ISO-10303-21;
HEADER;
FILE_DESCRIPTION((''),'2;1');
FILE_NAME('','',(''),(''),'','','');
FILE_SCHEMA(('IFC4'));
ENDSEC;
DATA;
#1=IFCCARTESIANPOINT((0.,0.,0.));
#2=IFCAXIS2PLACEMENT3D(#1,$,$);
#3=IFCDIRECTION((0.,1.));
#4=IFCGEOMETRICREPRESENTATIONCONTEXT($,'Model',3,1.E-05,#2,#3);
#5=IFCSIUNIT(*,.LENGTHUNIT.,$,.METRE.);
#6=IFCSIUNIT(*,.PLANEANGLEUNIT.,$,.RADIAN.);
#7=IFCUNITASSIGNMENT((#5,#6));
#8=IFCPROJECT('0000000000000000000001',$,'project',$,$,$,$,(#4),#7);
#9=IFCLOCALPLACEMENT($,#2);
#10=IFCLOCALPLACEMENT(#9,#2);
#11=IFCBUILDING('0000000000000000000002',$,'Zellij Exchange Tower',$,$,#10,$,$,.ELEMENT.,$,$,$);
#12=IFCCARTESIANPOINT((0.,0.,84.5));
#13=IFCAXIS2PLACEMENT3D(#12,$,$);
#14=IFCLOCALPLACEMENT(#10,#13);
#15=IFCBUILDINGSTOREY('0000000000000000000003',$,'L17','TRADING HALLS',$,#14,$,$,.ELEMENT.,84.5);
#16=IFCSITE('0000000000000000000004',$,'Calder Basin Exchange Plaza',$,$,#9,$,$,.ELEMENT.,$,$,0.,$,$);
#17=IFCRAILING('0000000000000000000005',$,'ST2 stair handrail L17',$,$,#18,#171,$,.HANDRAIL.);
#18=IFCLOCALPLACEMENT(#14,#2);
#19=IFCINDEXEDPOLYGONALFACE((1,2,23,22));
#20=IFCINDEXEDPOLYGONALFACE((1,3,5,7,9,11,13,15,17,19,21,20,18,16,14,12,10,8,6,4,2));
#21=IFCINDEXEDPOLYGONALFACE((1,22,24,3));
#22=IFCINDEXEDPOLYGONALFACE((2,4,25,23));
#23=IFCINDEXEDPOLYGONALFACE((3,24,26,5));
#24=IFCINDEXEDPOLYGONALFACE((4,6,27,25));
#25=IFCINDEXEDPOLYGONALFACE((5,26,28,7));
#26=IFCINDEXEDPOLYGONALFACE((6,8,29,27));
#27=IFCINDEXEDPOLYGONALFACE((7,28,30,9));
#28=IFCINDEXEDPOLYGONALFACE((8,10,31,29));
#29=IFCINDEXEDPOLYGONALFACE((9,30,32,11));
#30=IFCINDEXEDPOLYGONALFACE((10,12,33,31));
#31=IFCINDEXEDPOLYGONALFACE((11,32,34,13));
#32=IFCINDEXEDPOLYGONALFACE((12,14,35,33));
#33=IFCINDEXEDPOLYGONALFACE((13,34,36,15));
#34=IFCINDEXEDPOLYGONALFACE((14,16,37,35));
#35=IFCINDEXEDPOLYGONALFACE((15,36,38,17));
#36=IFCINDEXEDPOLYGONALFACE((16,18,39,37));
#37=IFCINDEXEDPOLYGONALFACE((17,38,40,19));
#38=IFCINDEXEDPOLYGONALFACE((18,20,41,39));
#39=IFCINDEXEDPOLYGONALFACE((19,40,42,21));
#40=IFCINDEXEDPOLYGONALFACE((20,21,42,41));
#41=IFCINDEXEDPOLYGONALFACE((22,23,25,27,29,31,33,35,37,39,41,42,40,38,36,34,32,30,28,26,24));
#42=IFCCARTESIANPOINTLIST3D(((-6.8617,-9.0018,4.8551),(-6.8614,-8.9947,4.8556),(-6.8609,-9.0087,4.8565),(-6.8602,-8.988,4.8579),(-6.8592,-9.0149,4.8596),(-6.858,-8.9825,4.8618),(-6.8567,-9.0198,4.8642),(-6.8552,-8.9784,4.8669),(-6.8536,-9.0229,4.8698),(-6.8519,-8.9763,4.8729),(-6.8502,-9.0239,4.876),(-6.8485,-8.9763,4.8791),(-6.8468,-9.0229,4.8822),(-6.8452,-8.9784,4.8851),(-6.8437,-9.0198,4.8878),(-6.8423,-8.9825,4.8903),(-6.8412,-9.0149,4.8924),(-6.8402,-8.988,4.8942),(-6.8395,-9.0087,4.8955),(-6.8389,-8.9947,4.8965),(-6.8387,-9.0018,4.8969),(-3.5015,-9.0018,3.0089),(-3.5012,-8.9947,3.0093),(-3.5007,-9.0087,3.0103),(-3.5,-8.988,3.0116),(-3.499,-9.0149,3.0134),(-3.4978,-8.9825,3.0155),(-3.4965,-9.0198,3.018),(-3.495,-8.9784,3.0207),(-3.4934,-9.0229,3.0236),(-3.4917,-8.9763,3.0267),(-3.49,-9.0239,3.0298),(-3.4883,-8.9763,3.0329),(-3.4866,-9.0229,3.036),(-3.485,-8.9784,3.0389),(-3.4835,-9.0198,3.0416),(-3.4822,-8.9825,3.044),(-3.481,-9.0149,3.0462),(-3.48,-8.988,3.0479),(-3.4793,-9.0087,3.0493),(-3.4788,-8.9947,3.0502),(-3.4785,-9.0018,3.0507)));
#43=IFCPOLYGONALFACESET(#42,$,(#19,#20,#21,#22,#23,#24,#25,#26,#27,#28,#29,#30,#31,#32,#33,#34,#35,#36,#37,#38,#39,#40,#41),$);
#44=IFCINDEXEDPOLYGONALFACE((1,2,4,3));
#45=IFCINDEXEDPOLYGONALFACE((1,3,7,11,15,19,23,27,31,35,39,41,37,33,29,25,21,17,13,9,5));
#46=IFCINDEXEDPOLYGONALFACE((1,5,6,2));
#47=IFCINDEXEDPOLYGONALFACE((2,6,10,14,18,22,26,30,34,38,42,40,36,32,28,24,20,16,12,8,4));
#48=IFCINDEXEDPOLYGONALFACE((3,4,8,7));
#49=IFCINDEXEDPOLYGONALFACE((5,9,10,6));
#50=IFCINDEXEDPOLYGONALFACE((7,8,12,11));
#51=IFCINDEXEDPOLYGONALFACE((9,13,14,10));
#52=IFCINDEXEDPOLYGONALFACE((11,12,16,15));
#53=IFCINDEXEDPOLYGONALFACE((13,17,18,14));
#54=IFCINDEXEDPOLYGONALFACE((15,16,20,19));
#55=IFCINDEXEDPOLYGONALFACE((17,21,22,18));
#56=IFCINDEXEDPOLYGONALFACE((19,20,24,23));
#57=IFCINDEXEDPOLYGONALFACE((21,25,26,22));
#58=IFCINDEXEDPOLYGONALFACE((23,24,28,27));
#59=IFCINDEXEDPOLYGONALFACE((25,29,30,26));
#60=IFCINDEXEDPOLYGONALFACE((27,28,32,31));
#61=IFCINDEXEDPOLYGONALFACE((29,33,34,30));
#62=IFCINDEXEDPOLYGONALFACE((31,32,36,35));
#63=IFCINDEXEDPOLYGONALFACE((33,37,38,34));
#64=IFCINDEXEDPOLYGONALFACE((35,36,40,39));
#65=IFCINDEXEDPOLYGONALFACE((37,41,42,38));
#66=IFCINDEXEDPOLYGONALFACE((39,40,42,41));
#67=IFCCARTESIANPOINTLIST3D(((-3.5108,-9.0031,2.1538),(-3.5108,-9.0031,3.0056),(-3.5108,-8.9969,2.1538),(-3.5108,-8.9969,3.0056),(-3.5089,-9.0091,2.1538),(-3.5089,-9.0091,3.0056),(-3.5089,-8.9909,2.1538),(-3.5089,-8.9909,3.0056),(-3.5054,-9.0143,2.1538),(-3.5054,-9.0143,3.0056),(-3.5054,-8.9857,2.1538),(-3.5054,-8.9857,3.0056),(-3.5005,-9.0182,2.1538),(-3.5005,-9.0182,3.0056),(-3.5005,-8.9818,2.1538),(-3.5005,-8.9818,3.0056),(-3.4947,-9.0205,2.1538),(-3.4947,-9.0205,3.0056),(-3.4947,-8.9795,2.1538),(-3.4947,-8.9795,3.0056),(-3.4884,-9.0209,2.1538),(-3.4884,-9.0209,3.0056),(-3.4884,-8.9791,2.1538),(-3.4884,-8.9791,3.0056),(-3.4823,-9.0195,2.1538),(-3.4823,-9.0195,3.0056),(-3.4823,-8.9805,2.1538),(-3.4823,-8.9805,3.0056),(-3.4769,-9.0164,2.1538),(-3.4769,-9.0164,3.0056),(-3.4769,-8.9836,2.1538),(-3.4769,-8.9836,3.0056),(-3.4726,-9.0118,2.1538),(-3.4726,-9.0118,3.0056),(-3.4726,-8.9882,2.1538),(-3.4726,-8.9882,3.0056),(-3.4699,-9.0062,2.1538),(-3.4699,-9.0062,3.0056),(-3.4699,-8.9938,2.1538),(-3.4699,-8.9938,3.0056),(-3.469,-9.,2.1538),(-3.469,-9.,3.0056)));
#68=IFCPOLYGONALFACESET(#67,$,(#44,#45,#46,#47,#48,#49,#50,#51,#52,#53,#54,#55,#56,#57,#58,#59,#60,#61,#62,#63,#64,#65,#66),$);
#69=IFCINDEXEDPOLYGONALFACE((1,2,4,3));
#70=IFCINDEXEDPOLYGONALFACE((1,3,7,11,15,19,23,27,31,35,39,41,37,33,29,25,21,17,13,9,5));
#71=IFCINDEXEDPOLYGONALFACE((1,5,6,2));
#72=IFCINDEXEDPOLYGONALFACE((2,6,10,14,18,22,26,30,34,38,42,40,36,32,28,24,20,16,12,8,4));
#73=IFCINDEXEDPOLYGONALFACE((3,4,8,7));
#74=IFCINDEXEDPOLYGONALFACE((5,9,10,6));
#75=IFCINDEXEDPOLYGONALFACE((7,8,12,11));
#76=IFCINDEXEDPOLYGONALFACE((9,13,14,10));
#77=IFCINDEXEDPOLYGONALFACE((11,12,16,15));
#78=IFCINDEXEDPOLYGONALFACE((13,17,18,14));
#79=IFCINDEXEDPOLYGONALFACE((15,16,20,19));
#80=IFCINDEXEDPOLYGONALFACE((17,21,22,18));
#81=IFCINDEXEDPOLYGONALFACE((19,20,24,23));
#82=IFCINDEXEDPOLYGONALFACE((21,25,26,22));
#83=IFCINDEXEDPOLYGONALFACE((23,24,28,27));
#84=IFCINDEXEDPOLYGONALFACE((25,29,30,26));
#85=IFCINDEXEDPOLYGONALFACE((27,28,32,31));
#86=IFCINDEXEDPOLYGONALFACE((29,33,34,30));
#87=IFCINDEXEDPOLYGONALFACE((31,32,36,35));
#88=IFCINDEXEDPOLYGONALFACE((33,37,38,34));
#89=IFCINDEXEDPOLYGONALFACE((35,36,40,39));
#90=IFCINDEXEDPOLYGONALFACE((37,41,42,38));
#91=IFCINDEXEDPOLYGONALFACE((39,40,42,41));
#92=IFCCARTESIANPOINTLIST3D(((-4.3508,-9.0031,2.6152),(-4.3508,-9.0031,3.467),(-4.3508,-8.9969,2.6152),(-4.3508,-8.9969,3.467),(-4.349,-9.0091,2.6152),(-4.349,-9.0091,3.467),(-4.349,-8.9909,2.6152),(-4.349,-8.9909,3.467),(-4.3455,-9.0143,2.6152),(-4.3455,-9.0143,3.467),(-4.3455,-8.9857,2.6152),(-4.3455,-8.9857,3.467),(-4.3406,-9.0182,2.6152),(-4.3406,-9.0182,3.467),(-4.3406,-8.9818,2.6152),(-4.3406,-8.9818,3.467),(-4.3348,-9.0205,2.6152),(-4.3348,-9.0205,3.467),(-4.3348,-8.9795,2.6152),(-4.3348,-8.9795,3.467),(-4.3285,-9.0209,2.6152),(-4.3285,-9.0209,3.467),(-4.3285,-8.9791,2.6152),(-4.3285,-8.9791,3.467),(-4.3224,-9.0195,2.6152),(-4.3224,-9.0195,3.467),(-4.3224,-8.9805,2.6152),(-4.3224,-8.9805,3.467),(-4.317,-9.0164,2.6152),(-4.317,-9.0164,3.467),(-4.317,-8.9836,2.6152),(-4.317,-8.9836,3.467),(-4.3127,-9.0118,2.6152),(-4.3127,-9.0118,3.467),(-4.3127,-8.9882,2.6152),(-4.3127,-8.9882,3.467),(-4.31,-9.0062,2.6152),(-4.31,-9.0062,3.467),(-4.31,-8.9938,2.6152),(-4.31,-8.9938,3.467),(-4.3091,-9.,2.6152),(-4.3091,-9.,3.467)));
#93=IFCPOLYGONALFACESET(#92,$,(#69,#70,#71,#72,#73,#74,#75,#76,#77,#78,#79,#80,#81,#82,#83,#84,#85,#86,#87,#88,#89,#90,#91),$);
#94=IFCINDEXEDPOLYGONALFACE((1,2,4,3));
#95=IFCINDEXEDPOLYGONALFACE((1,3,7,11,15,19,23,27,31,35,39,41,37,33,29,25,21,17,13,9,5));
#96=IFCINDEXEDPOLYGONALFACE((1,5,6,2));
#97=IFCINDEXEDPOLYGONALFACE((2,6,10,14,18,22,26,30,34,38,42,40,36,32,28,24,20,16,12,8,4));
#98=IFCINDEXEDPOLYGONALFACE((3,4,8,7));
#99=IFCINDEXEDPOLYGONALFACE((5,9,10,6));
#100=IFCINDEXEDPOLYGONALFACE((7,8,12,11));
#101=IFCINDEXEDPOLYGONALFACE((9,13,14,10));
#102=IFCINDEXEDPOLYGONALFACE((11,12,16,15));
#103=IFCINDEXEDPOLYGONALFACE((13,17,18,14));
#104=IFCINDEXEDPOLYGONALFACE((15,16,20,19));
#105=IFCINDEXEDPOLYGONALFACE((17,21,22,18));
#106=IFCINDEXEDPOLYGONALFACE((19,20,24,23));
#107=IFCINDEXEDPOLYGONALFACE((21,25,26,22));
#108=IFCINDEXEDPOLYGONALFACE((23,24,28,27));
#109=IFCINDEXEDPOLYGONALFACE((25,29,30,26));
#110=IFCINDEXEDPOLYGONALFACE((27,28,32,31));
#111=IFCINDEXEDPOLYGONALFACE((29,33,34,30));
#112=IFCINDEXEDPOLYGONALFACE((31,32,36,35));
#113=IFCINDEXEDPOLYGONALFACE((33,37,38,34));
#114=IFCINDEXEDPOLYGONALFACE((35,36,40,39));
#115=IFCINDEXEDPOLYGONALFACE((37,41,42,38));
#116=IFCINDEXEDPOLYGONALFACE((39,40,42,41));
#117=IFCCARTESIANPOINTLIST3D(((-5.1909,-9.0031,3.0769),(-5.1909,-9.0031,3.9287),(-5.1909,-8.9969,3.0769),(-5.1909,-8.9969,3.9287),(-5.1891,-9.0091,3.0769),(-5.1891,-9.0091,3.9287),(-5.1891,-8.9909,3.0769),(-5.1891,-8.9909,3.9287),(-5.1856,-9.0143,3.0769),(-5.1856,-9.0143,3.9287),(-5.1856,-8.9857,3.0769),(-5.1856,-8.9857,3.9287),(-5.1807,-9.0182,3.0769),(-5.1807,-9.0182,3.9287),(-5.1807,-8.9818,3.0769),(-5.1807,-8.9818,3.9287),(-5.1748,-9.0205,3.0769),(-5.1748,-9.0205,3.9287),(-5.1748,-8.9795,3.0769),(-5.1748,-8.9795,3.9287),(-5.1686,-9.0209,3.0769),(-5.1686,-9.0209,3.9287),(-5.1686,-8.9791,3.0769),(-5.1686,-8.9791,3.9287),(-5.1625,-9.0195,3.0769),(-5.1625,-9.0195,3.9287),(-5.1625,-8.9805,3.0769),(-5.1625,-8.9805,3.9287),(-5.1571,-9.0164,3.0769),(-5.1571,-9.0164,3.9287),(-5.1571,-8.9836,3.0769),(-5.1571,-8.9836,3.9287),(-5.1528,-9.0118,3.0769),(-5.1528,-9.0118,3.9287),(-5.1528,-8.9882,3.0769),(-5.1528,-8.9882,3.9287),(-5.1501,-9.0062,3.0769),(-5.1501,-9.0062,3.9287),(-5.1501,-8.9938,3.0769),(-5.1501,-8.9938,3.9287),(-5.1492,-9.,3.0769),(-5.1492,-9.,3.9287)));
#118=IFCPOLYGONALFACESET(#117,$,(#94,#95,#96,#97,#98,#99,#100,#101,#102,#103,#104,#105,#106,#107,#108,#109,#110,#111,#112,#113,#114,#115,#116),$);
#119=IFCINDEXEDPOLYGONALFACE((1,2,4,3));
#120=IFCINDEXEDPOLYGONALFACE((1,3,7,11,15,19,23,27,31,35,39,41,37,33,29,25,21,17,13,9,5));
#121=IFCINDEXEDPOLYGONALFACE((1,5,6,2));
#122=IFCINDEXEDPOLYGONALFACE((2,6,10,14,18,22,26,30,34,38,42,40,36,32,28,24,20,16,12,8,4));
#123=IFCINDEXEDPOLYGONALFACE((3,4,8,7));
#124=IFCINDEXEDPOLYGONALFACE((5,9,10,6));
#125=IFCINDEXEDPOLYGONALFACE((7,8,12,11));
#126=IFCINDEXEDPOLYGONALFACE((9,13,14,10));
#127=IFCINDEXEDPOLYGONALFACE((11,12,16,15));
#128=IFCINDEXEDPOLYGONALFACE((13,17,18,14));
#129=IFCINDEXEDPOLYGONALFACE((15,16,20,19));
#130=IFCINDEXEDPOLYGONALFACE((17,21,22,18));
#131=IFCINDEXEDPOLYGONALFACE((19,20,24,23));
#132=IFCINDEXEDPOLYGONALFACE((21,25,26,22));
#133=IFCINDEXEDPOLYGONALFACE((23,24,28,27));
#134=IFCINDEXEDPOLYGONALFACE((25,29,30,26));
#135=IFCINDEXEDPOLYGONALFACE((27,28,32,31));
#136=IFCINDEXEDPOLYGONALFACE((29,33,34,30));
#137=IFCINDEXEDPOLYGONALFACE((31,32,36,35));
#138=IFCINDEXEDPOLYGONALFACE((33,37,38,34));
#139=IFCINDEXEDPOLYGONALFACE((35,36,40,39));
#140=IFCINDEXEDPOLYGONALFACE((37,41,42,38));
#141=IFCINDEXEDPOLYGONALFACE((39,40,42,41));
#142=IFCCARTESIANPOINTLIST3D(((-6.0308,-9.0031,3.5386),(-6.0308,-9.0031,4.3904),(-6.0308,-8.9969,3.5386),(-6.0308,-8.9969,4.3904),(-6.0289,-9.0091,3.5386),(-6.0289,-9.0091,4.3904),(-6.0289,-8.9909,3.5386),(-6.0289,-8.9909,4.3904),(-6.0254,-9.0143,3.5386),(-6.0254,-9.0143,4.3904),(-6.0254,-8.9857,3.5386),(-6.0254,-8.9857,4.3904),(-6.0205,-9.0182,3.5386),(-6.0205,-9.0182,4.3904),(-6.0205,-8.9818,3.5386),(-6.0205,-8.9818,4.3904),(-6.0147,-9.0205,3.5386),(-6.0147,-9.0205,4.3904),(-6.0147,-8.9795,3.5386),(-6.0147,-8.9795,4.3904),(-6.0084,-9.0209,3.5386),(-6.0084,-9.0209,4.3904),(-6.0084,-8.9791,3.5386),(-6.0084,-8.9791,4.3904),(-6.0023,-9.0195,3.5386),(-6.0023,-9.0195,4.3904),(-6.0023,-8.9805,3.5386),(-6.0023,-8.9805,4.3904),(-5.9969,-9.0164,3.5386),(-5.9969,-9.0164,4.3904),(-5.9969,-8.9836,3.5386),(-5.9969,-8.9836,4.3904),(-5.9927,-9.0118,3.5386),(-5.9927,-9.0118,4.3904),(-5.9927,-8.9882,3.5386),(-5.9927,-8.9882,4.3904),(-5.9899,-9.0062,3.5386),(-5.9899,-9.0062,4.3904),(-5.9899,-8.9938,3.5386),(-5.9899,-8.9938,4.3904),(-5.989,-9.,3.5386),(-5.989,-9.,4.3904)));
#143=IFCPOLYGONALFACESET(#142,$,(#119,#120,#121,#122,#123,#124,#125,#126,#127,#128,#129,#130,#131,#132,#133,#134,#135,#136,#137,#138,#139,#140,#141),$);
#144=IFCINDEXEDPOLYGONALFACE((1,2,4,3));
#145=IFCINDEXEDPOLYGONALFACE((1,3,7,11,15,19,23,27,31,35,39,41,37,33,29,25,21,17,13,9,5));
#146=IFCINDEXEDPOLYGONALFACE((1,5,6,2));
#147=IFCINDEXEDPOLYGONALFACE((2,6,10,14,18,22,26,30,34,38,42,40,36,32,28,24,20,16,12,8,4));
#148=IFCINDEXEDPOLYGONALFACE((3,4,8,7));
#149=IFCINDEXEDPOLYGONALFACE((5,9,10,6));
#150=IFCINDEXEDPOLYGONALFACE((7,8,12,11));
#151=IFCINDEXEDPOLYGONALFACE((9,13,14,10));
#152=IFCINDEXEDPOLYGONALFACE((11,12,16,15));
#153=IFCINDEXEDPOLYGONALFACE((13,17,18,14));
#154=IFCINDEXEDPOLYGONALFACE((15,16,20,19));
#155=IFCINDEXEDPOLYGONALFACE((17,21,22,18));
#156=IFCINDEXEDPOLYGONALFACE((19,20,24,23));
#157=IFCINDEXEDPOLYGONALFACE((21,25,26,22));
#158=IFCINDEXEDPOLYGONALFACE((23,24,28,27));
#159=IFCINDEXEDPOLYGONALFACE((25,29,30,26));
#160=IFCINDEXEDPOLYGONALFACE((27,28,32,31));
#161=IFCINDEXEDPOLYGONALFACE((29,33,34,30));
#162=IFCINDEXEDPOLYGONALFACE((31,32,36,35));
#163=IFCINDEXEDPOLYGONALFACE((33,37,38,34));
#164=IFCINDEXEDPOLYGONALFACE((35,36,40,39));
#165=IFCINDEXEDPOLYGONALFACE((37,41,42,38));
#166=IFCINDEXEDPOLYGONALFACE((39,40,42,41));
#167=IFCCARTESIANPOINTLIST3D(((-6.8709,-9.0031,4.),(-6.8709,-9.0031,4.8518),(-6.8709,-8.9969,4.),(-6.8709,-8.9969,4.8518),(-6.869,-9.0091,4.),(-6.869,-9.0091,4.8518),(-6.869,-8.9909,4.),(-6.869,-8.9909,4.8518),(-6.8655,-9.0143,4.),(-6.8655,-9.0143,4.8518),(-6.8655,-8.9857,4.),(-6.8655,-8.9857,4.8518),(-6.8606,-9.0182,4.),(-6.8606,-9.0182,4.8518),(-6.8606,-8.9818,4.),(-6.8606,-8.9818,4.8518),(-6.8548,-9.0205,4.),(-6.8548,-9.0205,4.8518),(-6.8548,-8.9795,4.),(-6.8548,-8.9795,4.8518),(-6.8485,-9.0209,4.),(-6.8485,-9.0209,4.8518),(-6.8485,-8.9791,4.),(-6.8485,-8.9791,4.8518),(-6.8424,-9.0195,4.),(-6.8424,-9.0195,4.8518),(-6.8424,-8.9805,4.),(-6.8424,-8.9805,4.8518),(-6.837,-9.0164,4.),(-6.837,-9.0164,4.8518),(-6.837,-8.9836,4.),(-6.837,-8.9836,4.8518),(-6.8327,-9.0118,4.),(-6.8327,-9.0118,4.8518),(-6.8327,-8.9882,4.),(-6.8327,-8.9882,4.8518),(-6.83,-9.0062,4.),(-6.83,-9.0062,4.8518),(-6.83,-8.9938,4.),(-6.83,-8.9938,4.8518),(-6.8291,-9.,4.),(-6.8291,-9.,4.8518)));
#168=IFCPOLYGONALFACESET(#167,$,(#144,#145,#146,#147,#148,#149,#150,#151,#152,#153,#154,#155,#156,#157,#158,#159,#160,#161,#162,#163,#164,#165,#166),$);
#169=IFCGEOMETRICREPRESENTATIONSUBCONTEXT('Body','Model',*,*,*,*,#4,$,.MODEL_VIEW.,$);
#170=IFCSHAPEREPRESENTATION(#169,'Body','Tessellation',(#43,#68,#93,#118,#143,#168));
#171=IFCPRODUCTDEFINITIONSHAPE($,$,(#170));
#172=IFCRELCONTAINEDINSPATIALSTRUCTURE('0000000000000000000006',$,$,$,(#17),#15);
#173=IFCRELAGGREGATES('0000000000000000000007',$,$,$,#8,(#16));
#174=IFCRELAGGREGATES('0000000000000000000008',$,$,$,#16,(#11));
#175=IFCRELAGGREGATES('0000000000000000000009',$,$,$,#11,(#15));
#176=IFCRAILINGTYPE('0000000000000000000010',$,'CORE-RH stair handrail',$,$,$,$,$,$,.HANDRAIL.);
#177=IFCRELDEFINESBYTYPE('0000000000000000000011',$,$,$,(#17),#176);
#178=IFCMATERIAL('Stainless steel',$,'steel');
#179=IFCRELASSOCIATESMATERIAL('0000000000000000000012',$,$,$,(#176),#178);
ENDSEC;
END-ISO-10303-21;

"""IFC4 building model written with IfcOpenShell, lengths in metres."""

from ifc_helpers import new_model, si_unit, direction, frame, origin, origin_2d, place, context, subcontext, project, spatial, circle, extrude, material, type_object, element, save


model = new_model("IFC4")

# Units and contexts
model_context = context("Model", 3, precision=1e-05, world=origin(), true_north=direction((0.0, 1.0)))
body_context = subcontext(model_context, "Body", "Model", "MODEL_VIEW")
ifc_project = project(units=[si_unit("LENGTHUNIT", "METRE"), si_unit("PLANEANGLEUNIT", "RADIAN")], contexts=[model_context])

# Site, building, storey
site_placement = place(None, origin())
site = spatial("IfcSite", under=ifc_project, at=site_placement, Name="Calder Basin Exchange Plaza", CompositionType="ELEMENT", RefElevation=0.0)
building_placement = place(site_placement, origin())
building = spatial("IfcBuilding", under=site, at=building_placement, Name="Zellij Exchange Tower", CompositionType="ELEMENT")
storey_placement = place(building_placement, frame((0.0, 0.0, 84.5)))
storey = spatial("IfcBuildingStorey", under=building, at=storey_placement, Name="L17", Description="TRADING HALLS", CompositionType="ELEMENT", Elevation=84.5)

# Railing
ifc_material_1 = material(Name="Stainless steel", Category="steel")
railing_type_1 = type_object("IfcRailingType", Name="CORE-RH stair handrail", PredefinedType="HANDRAIL", material=ifc_material_1)
railing_1_placement = place(storey_placement, frame((-3.49, -9.0, 2.1538)))
element("IfcRailing", 1, at=railing_1_placement, inside=storey, type_object=railing_type_1, Name="ST2 stair handrail L17", PredefinedType="HANDRAIL", context=body_context, shape_type="SweptSolid", body=[
    extrude(circle(Radius=0.0239, at=origin_2d()), frame((0.0, 0.0, 0.876), z_axis=(-0.876422, 0.0, 0.481545), x_axis=(0.0, -1.0, 0.0)), (0.0, 0.0, 1.0), 3.834),
    extrude(circle(Radius=0.021, at=origin_2d()), origin(), (0.0, 0.0, 1.0), 0.8518),
    extrude(circle(Radius=0.021, at=origin_2d()), frame((-0.8401, 0.0, 0.4614)), (0.0, 0.0, 1.0), 0.8518),
    extrude(circle(Radius=0.021, at=origin_2d()), frame((-1.6802, 0.0, 0.9231)), (0.0, 0.0, 1.0), 0.8518),
    extrude(circle(Radius=0.021, at=origin_2d()), frame((-2.52, 0.0, 1.3848)), (0.0, 0.0, 1.0), 0.8518),
    extrude(circle(Radius=0.021, at=origin_2d()), frame((-3.3601, 0.0, 1.8462)), (0.0, 0.0, 1.0), 0.8518),
])

save(model, "model.ifc")
